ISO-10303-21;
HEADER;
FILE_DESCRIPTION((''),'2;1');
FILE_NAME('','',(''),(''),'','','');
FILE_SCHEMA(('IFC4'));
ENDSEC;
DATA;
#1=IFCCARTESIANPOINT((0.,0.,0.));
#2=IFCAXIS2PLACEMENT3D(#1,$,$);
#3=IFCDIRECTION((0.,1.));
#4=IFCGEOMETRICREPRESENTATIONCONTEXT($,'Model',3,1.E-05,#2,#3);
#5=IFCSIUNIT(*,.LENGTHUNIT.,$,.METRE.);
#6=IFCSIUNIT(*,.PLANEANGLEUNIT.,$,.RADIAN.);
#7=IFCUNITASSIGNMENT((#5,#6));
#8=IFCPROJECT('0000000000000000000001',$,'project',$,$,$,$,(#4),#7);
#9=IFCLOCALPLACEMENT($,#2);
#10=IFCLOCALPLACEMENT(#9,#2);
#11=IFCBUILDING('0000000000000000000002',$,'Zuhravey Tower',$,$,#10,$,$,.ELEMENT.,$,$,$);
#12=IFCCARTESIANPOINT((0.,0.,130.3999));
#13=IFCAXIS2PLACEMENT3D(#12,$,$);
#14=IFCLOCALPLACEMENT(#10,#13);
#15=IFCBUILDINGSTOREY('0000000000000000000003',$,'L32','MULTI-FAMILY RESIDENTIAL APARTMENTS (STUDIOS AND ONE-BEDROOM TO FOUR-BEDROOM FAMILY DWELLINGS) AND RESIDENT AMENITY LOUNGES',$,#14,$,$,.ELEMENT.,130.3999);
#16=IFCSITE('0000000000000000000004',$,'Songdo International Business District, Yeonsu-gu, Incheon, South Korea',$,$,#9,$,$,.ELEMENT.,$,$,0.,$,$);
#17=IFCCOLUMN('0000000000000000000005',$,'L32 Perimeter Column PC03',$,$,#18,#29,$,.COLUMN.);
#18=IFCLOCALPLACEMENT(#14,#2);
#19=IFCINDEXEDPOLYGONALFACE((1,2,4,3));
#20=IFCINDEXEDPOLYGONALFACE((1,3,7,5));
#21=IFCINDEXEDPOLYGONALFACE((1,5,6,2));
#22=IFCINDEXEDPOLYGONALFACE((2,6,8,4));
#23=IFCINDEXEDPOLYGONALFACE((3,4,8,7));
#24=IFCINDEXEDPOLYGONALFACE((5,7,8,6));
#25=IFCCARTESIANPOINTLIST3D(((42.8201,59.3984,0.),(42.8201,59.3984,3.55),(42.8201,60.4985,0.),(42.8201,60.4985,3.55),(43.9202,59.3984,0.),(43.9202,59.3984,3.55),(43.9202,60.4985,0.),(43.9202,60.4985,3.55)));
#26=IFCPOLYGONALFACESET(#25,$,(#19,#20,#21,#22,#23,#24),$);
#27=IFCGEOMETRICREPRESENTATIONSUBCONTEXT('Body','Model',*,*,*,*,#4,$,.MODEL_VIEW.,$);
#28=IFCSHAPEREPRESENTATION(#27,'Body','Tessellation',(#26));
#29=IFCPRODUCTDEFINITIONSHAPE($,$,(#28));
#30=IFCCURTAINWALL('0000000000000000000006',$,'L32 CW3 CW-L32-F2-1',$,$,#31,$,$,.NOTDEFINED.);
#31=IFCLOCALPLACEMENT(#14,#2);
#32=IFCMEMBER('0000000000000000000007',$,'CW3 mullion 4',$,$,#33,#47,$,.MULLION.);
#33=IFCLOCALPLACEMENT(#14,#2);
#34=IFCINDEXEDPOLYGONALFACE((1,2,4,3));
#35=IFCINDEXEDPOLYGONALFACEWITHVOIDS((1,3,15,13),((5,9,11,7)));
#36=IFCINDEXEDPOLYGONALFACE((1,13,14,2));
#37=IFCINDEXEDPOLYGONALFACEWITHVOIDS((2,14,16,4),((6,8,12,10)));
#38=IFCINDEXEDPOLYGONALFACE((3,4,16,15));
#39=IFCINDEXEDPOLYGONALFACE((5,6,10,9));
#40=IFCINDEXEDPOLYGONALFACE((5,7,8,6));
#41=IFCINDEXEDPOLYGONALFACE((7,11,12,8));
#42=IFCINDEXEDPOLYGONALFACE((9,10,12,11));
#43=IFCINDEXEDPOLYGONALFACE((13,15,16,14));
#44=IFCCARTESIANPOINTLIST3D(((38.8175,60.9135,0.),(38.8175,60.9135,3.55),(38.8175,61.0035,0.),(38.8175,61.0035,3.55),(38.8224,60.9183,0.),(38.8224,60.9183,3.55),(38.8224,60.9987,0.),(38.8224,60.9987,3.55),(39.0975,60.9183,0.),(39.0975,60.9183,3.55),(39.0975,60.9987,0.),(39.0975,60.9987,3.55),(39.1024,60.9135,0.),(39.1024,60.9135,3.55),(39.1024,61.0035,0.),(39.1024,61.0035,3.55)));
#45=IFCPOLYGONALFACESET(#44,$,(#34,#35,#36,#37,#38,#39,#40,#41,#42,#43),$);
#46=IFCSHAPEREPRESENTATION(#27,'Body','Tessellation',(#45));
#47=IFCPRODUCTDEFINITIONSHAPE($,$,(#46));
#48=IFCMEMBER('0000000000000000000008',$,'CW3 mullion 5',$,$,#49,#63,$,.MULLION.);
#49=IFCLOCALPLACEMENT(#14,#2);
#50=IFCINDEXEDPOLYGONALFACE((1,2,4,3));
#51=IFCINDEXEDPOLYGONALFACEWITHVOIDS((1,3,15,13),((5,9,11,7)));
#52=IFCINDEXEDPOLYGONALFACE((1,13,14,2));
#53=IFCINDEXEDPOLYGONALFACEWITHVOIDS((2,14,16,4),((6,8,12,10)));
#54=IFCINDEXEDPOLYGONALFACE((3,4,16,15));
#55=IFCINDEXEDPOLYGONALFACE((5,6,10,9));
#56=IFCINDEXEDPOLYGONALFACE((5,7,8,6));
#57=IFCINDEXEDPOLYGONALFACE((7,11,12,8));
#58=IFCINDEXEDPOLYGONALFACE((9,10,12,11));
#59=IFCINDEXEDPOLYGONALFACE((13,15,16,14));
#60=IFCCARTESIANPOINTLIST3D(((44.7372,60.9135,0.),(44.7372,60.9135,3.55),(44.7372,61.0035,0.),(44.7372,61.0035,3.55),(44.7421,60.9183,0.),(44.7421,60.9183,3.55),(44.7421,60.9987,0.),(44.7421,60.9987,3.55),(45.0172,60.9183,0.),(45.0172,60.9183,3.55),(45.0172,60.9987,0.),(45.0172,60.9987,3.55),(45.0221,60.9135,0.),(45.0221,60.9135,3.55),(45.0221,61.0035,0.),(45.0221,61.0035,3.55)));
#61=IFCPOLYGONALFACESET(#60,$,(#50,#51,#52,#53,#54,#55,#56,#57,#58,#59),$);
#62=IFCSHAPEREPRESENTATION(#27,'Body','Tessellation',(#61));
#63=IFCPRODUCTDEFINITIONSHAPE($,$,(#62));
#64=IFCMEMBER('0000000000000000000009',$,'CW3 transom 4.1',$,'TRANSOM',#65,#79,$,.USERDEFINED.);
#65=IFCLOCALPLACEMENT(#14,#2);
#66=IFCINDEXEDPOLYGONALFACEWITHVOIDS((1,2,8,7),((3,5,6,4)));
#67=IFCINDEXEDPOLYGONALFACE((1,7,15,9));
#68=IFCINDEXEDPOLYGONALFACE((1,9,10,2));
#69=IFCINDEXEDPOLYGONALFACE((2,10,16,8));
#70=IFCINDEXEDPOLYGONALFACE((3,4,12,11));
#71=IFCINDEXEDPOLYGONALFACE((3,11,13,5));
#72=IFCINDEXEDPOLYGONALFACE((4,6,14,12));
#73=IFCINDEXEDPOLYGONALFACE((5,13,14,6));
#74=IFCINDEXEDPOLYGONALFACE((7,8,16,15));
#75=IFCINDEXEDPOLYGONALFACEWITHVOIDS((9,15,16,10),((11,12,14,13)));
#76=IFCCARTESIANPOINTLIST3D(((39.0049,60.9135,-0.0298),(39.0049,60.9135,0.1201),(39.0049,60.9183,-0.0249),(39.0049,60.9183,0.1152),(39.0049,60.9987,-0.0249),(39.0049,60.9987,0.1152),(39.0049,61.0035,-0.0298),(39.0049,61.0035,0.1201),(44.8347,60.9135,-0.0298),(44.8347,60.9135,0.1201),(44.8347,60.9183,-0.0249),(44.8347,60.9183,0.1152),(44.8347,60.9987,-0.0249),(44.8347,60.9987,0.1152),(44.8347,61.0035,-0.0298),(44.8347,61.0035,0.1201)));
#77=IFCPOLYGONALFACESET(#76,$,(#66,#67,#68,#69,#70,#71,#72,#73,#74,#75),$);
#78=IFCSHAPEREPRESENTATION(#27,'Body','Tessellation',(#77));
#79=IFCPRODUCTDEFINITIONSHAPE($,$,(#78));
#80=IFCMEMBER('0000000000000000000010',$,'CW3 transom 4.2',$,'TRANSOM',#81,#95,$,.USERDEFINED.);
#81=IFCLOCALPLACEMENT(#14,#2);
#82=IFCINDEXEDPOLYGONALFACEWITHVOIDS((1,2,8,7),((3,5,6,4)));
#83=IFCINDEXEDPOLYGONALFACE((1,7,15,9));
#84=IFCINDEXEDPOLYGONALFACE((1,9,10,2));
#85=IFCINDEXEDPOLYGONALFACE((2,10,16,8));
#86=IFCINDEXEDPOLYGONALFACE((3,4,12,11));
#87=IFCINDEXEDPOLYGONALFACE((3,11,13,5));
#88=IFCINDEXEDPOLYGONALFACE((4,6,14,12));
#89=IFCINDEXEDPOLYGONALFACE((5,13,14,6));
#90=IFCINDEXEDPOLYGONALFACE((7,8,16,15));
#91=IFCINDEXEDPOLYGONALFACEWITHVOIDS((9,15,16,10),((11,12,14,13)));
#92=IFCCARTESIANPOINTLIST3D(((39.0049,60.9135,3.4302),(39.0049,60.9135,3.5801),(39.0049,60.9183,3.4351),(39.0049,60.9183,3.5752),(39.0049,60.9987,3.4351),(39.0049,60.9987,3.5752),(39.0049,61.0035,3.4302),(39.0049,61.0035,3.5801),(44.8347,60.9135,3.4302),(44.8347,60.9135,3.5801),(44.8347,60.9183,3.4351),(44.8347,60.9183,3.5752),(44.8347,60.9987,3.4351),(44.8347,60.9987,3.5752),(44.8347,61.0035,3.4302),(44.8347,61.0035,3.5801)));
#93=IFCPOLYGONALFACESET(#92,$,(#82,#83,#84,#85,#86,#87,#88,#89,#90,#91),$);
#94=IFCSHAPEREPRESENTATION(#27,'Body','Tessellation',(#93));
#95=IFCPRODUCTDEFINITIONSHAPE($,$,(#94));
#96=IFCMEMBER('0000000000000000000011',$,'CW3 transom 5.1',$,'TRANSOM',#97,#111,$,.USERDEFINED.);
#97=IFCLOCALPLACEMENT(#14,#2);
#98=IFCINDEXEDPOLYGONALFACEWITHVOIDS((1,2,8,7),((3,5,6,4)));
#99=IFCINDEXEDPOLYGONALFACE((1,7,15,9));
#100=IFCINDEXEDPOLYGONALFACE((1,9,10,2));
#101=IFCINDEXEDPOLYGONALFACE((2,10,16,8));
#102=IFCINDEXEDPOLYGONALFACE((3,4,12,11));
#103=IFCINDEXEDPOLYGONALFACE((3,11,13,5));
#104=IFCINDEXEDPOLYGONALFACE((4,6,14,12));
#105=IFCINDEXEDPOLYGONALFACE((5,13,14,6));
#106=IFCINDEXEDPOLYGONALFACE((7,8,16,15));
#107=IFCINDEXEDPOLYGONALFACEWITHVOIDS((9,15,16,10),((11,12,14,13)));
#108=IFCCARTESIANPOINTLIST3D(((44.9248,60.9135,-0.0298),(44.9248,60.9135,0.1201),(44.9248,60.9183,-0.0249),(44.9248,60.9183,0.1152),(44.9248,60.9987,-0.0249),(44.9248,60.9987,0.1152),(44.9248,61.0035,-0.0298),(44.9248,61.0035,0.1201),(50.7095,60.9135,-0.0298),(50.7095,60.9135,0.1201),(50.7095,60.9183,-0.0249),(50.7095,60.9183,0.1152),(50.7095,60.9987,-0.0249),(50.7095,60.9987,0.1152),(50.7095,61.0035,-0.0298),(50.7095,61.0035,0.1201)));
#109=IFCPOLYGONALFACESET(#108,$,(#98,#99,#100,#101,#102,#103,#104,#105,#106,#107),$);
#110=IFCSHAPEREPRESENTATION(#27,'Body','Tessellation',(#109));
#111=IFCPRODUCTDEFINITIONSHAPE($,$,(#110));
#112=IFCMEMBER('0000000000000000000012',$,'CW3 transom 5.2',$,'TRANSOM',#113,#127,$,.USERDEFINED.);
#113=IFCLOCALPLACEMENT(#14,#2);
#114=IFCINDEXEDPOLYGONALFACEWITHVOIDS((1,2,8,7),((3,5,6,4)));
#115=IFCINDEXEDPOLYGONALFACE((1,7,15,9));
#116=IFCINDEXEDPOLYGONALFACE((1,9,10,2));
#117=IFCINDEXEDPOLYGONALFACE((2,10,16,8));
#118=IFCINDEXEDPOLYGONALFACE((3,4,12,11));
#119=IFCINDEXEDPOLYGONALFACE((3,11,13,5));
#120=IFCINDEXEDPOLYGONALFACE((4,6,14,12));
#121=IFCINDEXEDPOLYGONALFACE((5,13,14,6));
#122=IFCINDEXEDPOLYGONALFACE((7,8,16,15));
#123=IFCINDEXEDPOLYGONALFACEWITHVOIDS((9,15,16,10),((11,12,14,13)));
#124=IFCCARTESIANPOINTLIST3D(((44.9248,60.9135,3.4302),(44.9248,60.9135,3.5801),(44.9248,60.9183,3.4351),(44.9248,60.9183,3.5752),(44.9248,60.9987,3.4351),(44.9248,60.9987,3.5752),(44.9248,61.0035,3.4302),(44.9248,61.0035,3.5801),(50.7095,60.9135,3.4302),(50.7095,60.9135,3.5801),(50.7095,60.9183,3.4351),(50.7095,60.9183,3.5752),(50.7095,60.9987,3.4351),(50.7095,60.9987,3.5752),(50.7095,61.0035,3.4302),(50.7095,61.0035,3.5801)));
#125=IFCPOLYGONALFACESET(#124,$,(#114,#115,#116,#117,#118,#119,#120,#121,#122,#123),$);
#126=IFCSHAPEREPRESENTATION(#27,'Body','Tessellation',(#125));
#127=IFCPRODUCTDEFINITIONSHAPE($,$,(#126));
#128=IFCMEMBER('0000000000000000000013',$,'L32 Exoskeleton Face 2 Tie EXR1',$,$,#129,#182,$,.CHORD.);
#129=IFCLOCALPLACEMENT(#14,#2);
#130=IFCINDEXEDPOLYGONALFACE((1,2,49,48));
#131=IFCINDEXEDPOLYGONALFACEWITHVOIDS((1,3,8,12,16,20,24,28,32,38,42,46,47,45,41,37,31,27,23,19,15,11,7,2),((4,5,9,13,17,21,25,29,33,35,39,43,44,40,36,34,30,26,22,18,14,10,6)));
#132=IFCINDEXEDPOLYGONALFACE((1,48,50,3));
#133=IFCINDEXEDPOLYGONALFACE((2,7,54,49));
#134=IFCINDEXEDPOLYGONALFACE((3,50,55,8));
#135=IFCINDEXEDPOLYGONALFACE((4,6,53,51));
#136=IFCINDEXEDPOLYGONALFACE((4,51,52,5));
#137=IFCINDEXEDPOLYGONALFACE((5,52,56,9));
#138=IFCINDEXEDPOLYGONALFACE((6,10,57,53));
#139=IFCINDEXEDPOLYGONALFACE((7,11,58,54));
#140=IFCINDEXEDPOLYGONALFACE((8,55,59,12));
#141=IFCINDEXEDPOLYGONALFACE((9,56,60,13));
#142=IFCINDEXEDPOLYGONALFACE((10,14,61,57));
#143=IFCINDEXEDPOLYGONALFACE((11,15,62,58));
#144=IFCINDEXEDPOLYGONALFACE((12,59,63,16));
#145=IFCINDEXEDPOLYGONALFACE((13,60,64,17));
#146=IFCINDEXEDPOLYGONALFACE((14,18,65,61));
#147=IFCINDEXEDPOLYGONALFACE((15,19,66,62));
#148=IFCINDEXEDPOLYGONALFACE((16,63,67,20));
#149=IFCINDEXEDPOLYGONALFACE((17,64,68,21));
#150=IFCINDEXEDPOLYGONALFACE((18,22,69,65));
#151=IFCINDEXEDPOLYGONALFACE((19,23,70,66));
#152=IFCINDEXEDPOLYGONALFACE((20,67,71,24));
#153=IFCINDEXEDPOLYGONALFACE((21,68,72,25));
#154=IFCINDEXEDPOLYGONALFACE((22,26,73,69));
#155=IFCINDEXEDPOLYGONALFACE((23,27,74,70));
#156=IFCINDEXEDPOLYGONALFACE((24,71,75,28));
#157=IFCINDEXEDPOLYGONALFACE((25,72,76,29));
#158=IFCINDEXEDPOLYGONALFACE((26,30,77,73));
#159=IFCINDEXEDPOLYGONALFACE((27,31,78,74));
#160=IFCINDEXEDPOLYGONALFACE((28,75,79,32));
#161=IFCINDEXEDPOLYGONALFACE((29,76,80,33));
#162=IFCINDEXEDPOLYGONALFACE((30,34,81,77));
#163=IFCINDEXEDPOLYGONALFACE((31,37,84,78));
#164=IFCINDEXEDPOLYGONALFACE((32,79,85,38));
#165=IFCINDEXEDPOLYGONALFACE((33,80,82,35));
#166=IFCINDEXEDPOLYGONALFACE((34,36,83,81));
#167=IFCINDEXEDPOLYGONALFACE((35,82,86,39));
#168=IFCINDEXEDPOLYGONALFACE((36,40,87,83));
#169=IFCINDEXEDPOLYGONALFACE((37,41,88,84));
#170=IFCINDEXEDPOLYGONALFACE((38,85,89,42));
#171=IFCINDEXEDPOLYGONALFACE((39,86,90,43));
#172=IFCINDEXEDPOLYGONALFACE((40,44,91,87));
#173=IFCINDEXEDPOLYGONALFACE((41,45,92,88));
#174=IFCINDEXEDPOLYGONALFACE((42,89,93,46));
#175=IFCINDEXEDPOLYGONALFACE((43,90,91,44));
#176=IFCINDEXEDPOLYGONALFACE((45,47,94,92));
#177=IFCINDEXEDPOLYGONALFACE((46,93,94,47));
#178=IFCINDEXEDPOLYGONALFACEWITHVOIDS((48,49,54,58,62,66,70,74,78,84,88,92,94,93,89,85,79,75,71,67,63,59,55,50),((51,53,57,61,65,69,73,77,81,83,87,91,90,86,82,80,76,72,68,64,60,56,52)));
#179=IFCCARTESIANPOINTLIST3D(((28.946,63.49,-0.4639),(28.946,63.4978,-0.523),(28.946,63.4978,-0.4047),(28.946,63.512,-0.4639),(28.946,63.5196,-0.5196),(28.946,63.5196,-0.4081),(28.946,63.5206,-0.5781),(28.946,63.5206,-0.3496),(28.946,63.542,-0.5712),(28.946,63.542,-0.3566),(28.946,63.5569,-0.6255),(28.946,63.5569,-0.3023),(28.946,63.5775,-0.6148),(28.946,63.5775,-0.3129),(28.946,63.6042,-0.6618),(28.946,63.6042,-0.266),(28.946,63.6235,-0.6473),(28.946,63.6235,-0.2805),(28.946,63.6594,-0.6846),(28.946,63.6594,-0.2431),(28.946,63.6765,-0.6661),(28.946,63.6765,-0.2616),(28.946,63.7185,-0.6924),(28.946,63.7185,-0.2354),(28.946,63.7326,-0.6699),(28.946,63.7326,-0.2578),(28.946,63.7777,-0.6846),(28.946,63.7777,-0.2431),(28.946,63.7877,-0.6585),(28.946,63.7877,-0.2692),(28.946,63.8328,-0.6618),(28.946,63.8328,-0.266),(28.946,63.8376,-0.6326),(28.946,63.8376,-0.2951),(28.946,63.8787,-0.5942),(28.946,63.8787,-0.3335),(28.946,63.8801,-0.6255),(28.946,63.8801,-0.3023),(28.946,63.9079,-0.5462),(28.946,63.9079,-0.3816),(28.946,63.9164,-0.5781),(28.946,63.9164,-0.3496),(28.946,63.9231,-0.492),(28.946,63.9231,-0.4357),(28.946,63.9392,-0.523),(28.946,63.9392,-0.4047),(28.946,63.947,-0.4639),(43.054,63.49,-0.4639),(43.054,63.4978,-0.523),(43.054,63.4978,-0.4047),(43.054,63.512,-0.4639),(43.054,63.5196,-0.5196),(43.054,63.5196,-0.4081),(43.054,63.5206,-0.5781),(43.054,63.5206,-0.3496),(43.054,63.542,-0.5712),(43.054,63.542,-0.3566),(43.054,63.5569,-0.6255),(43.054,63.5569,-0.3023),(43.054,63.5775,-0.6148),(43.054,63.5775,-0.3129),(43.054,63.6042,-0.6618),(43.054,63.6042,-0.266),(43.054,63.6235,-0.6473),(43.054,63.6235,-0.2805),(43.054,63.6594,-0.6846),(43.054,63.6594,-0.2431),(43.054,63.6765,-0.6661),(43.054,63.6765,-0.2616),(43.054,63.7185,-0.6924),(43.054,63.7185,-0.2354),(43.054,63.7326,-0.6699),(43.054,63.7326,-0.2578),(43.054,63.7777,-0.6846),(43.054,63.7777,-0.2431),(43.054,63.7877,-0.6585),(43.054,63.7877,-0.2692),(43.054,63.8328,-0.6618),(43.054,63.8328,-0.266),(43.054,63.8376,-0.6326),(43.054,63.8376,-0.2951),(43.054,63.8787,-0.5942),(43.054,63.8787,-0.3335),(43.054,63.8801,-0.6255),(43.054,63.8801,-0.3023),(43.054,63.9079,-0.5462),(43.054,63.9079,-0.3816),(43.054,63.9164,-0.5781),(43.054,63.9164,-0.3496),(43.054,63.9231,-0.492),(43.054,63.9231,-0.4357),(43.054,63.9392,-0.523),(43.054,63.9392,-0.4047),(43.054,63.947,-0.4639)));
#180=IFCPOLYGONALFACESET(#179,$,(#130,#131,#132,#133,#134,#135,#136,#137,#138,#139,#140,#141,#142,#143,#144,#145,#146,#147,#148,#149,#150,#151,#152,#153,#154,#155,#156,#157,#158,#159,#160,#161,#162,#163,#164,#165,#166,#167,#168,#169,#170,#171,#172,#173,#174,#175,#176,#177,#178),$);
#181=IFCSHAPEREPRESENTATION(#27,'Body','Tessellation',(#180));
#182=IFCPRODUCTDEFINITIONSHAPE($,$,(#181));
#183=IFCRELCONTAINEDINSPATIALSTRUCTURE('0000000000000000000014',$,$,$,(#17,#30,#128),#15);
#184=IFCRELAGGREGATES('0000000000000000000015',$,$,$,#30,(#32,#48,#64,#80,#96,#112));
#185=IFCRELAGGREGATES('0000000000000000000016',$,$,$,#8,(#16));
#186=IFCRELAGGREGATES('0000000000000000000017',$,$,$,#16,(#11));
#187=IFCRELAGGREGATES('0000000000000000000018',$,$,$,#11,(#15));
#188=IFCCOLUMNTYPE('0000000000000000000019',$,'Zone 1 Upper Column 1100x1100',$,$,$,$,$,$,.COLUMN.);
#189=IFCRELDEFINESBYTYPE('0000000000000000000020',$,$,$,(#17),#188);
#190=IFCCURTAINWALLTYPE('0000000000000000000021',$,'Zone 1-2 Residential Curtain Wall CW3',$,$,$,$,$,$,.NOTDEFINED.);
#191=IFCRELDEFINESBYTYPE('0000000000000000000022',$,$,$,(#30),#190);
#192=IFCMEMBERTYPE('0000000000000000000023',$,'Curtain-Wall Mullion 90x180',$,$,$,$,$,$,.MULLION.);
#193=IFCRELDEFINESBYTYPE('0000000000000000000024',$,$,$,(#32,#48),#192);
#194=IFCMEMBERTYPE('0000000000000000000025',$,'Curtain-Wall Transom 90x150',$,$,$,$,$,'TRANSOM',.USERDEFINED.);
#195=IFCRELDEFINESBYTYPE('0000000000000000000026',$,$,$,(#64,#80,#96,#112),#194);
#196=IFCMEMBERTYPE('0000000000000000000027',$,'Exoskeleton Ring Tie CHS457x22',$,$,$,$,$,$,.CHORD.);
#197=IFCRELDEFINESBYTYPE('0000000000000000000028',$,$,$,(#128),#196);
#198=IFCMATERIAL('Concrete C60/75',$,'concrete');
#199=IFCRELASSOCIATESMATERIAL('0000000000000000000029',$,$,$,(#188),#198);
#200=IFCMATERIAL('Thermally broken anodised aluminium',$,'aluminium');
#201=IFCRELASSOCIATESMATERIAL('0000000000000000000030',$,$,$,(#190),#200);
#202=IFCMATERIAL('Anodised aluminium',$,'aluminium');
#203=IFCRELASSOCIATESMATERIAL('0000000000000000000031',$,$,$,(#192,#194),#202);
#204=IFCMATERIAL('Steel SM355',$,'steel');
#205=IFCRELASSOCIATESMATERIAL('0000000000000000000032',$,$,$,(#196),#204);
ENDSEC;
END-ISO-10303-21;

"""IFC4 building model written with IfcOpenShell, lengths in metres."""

from ifc_helpers import new_model, si_unit, direction, frame, origin, origin_2d, place, context, subcontext, project, spatial, rectangle, hollow_rectangle, hollow_circle, extrude, material, material_profile, profile_set, type_object, element, aggregate, save


model = new_model("IFC4")

# Units and contexts
model_context = context("Model", 3, precision=1e-05, world=origin(), true_north=direction((0.0, 1.0)))
body_context = subcontext(model_context, "Body", "Model", "MODEL_VIEW")
ifc_project = project(units=[si_unit("LENGTHUNIT", "METRE"), si_unit("PLANEANGLEUNIT", "RADIAN")], contexts=[model_context])

# Site, building, storey
site_placement = place(None, origin())
site = spatial("IfcSite", under=ifc_project, at=site_placement, Name="Songdo International Business District, Yeonsu-gu, Incheon, South Korea", CompositionType="ELEMENT", RefElevation=0.0)
building_placement = place(site_placement, origin())
building = spatial("IfcBuilding", under=site, at=building_placement, Name="Zuhravey Tower", CompositionType="ELEMENT")
storey_placement = place(building_placement, frame((0.0, 0.0, 130.3999)))
storey = spatial("IfcBuildingStorey", under=building, at=storey_placement, Name="L32", Description="MULTI-FAMILY RESIDENTIAL APARTMENTS (STUDIOS AND ONE-BEDROOM TO FOUR-BEDROOM FAMILY DWELLINGS) AND RESIDENT AMENITY LOUNGES", CompositionType="ELEMENT", Elevation=130.3999)

# Column
ifc_material_1 = material(Name="Concrete C60/75", Category="concrete")
ifc_material_profile_1 = material_profile(ifc_material_1, rectangle(XDim=1.1001, YDim=1.1001, at=origin_2d()), Name="RC-1100x1100")
ifc_profile_set_1 = profile_set([ifc_material_profile_1], Name="Concrete C60/75")
column_type = type_object("IfcColumnType", Name="Zone 1 Upper Column 1100x1100", PredefinedType="COLUMN", material=ifc_profile_set_1)
column_placement = place(storey_placement, frame((43.3701, 59.9485, 0.0), z_axis=(0.0, 0.0, 1.0), x_axis=(-1.0, 0.0, 0.0)))
element("IfcColumn", 1, at=column_placement, inside=storey, type_object=column_type, Name="L32 Perimeter Column PC03", PredefinedType="COLUMN", context=body_context, shape_type="SweptSolid", body=[
    extrude(rectangle(XDim=1.1001, YDim=1.1001, at=origin_2d()), origin(), (0.0, 0.0, 1.0), 3.55),
])

# Curtain wall, members
ifc_material_2 = material(Name="Thermally broken anodised aluminium", Category="aluminium")
curtain_wall_type = type_object("IfcCurtainWallType", Name="Zone 1-2 Residential Curtain Wall CW3", PredefinedType="NOTDEFINED", material=ifc_material_2)
curtain_wall_placement = place(storey_placement, origin())
curtain_wall = element("IfcCurtainWall", 2, at=curtain_wall_placement, inside=storey, type_object=curtain_wall_type, Name="L32 CW3 CW-L32-F2-1", PredefinedType="NOTDEFINED")
ifc_material_3 = material(Name="Anodised aluminium", Category="aluminium")
ifc_material_profile_2 = material_profile(ifc_material_3, hollow_rectangle(XDim=0.0901, YDim=0.2849, WallThickness=0.0049, at=origin_2d()), Name="ALU-RHS-90x285x5")
ifc_profile_set_2 = profile_set([ifc_material_profile_2], Name="Anodised aluminium")
member_type_1 = type_object("IfcMemberType", Name="Curtain-Wall Mullion 90x180", PredefinedType="MULLION", material=ifc_profile_set_2)
member_1_placement = place(storey_placement, frame((38.96, 60.9585, 0.0), z_axis=(0.0, 0.0, 1.0), x_axis=(0.0, 1.0, 0.0)))
member_1 = element("IfcMember", 3, at=member_1_placement, type_object=member_type_1, Name="CW3 mullion 4", PredefinedType="MULLION", context=body_context, shape_type="SweptSolid", body=[
    extrude(hollow_rectangle(XDim=0.0901, YDim=0.2849, WallThickness=0.0049, at=origin_2d()), origin(), (0.0, 0.0, 1.0), 3.55),
])
member_2_placement = place(storey_placement, frame((44.8796, 60.9585, 0.0), z_axis=(0.0, 0.0, 1.0), x_axis=(0.0, 1.0, 0.0)))
member_2 = element("IfcMember", 4, at=member_2_placement, type_object=member_type_1, Name="CW3 mullion 5", PredefinedType="MULLION", context=body_context, shape_type="SweptSolid", body=[
    extrude(hollow_rectangle(XDim=0.0901, YDim=0.2849, WallThickness=0.0049, at=origin_2d()), origin(), (0.0, 0.0, 1.0), 3.55),
])
ifc_material_profile_3 = material_profile(ifc_material_3, hollow_rectangle(XDim=0.0901, YDim=0.1499, WallThickness=0.0049, at=origin_2d()), Name="ALU-RHS-90x150x5")
ifc_profile_set_3 = profile_set([ifc_material_profile_3], Name="Anodised aluminium")
member_type_2 = type_object("IfcMemberType", Name="Curtain-Wall Transom 90x150", ElementType="TRANSOM", PredefinedType="USERDEFINED", material=ifc_profile_set_3)
member_3_placement = place(storey_placement, frame((39.0049, 60.9585, 0.0452), z_axis=(1.0, 0.0, 0.0), x_axis=(0.0, 1.0, 0.0)))
member_3 = element("IfcMember", 5, at=member_3_placement, type_object=member_type_2, Name="CW3 transom 4.1", ObjectType="TRANSOM", PredefinedType="USERDEFINED", context=body_context, shape_type="SweptSolid", body=[
    extrude(hollow_rectangle(XDim=0.0901, YDim=0.1499, WallThickness=0.0049, at=origin_2d()), origin(), (0.0, 0.0, 1.0), 5.8298),
])
member_4_placement = place(storey_placement, frame((39.0049, 60.9585, 3.5051), z_axis=(1.0, 0.0, 0.0), x_axis=(0.0, 1.0, 0.0)))
member_4 = element("IfcMember", 6, at=member_4_placement, type_object=member_type_2, Name="CW3 transom 4.2", ObjectType="TRANSOM", PredefinedType="USERDEFINED", context=body_context, shape_type="SweptSolid", body=[
    extrude(hollow_rectangle(XDim=0.0901, YDim=0.1499, WallThickness=0.0049, at=origin_2d()), origin(), (0.0, 0.0, 1.0), 5.8298),
])
member_5_placement = place(storey_placement, frame((44.9248, 60.9585, 0.0452), z_axis=(1.0, 0.0, 0.0), x_axis=(0.0, 1.0, 0.0)))
member_5 = element("IfcMember", 7, at=member_5_placement, type_object=member_type_2, Name="CW3 transom 5.1", ObjectType="TRANSOM", PredefinedType="USERDEFINED", context=body_context, shape_type="SweptSolid", body=[
    extrude(hollow_rectangle(XDim=0.0901, YDim=0.1499, WallThickness=0.0049, at=origin_2d()), origin(), (0.0, 0.0, 1.0), 5.7847),
])
member_6_placement = place(storey_placement, frame((44.9248, 60.9585, 3.5051), z_axis=(1.0, 0.0, 0.0), x_axis=(0.0, 1.0, 0.0)))
member_6 = element("IfcMember", 8, at=member_6_placement, type_object=member_type_2, Name="CW3 transom 5.2", ObjectType="TRANSOM", PredefinedType="USERDEFINED", context=body_context, shape_type="SweptSolid", body=[
    extrude(hollow_rectangle(XDim=0.0901, YDim=0.1499, WallThickness=0.0049, at=origin_2d()), origin(), (0.0, 0.0, 1.0), 5.7847),
])

# Member
ifc_material_4 = material(Name="Steel SM355", Category="steel")
ifc_material_profile_4 = material_profile(ifc_material_4, hollow_circle(Radius=0.2285, WallThickness=0.022, at=origin_2d()), Name="CHS-457.2x22")
ifc_profile_set_4 = profile_set([ifc_material_profile_4], Name="Steel SM355")
member_type_3 = type_object("IfcMemberType", Name="Exoskeleton Ring Tie CHS457x22", PredefinedType="CHORD", material=ifc_profile_set_4)
member_7_placement = place(storey_placement, frame((43.054, 63.7185, -0.4639), z_axis=(-1.0, 0.0, 0.0), x_axis=(0.0, -1.0, 0.0)))
element("IfcMember", 9, at=member_7_placement, inside=storey, type_object=member_type_3, Name="L32 Exoskeleton Face 2 Tie EXR1", PredefinedType="CHORD", context=body_context, shape_type="SweptSolid", body=[
    extrude(hollow_circle(Radius=0.2285, WallThickness=0.022, at=origin_2d()), origin(), (0.0, 0.0, 1.0), 14.1079),
])

aggregate(curtain_wall, [member_1, member_2, member_3, member_4, member_5, member_6])

save(model, "model.ifc")
